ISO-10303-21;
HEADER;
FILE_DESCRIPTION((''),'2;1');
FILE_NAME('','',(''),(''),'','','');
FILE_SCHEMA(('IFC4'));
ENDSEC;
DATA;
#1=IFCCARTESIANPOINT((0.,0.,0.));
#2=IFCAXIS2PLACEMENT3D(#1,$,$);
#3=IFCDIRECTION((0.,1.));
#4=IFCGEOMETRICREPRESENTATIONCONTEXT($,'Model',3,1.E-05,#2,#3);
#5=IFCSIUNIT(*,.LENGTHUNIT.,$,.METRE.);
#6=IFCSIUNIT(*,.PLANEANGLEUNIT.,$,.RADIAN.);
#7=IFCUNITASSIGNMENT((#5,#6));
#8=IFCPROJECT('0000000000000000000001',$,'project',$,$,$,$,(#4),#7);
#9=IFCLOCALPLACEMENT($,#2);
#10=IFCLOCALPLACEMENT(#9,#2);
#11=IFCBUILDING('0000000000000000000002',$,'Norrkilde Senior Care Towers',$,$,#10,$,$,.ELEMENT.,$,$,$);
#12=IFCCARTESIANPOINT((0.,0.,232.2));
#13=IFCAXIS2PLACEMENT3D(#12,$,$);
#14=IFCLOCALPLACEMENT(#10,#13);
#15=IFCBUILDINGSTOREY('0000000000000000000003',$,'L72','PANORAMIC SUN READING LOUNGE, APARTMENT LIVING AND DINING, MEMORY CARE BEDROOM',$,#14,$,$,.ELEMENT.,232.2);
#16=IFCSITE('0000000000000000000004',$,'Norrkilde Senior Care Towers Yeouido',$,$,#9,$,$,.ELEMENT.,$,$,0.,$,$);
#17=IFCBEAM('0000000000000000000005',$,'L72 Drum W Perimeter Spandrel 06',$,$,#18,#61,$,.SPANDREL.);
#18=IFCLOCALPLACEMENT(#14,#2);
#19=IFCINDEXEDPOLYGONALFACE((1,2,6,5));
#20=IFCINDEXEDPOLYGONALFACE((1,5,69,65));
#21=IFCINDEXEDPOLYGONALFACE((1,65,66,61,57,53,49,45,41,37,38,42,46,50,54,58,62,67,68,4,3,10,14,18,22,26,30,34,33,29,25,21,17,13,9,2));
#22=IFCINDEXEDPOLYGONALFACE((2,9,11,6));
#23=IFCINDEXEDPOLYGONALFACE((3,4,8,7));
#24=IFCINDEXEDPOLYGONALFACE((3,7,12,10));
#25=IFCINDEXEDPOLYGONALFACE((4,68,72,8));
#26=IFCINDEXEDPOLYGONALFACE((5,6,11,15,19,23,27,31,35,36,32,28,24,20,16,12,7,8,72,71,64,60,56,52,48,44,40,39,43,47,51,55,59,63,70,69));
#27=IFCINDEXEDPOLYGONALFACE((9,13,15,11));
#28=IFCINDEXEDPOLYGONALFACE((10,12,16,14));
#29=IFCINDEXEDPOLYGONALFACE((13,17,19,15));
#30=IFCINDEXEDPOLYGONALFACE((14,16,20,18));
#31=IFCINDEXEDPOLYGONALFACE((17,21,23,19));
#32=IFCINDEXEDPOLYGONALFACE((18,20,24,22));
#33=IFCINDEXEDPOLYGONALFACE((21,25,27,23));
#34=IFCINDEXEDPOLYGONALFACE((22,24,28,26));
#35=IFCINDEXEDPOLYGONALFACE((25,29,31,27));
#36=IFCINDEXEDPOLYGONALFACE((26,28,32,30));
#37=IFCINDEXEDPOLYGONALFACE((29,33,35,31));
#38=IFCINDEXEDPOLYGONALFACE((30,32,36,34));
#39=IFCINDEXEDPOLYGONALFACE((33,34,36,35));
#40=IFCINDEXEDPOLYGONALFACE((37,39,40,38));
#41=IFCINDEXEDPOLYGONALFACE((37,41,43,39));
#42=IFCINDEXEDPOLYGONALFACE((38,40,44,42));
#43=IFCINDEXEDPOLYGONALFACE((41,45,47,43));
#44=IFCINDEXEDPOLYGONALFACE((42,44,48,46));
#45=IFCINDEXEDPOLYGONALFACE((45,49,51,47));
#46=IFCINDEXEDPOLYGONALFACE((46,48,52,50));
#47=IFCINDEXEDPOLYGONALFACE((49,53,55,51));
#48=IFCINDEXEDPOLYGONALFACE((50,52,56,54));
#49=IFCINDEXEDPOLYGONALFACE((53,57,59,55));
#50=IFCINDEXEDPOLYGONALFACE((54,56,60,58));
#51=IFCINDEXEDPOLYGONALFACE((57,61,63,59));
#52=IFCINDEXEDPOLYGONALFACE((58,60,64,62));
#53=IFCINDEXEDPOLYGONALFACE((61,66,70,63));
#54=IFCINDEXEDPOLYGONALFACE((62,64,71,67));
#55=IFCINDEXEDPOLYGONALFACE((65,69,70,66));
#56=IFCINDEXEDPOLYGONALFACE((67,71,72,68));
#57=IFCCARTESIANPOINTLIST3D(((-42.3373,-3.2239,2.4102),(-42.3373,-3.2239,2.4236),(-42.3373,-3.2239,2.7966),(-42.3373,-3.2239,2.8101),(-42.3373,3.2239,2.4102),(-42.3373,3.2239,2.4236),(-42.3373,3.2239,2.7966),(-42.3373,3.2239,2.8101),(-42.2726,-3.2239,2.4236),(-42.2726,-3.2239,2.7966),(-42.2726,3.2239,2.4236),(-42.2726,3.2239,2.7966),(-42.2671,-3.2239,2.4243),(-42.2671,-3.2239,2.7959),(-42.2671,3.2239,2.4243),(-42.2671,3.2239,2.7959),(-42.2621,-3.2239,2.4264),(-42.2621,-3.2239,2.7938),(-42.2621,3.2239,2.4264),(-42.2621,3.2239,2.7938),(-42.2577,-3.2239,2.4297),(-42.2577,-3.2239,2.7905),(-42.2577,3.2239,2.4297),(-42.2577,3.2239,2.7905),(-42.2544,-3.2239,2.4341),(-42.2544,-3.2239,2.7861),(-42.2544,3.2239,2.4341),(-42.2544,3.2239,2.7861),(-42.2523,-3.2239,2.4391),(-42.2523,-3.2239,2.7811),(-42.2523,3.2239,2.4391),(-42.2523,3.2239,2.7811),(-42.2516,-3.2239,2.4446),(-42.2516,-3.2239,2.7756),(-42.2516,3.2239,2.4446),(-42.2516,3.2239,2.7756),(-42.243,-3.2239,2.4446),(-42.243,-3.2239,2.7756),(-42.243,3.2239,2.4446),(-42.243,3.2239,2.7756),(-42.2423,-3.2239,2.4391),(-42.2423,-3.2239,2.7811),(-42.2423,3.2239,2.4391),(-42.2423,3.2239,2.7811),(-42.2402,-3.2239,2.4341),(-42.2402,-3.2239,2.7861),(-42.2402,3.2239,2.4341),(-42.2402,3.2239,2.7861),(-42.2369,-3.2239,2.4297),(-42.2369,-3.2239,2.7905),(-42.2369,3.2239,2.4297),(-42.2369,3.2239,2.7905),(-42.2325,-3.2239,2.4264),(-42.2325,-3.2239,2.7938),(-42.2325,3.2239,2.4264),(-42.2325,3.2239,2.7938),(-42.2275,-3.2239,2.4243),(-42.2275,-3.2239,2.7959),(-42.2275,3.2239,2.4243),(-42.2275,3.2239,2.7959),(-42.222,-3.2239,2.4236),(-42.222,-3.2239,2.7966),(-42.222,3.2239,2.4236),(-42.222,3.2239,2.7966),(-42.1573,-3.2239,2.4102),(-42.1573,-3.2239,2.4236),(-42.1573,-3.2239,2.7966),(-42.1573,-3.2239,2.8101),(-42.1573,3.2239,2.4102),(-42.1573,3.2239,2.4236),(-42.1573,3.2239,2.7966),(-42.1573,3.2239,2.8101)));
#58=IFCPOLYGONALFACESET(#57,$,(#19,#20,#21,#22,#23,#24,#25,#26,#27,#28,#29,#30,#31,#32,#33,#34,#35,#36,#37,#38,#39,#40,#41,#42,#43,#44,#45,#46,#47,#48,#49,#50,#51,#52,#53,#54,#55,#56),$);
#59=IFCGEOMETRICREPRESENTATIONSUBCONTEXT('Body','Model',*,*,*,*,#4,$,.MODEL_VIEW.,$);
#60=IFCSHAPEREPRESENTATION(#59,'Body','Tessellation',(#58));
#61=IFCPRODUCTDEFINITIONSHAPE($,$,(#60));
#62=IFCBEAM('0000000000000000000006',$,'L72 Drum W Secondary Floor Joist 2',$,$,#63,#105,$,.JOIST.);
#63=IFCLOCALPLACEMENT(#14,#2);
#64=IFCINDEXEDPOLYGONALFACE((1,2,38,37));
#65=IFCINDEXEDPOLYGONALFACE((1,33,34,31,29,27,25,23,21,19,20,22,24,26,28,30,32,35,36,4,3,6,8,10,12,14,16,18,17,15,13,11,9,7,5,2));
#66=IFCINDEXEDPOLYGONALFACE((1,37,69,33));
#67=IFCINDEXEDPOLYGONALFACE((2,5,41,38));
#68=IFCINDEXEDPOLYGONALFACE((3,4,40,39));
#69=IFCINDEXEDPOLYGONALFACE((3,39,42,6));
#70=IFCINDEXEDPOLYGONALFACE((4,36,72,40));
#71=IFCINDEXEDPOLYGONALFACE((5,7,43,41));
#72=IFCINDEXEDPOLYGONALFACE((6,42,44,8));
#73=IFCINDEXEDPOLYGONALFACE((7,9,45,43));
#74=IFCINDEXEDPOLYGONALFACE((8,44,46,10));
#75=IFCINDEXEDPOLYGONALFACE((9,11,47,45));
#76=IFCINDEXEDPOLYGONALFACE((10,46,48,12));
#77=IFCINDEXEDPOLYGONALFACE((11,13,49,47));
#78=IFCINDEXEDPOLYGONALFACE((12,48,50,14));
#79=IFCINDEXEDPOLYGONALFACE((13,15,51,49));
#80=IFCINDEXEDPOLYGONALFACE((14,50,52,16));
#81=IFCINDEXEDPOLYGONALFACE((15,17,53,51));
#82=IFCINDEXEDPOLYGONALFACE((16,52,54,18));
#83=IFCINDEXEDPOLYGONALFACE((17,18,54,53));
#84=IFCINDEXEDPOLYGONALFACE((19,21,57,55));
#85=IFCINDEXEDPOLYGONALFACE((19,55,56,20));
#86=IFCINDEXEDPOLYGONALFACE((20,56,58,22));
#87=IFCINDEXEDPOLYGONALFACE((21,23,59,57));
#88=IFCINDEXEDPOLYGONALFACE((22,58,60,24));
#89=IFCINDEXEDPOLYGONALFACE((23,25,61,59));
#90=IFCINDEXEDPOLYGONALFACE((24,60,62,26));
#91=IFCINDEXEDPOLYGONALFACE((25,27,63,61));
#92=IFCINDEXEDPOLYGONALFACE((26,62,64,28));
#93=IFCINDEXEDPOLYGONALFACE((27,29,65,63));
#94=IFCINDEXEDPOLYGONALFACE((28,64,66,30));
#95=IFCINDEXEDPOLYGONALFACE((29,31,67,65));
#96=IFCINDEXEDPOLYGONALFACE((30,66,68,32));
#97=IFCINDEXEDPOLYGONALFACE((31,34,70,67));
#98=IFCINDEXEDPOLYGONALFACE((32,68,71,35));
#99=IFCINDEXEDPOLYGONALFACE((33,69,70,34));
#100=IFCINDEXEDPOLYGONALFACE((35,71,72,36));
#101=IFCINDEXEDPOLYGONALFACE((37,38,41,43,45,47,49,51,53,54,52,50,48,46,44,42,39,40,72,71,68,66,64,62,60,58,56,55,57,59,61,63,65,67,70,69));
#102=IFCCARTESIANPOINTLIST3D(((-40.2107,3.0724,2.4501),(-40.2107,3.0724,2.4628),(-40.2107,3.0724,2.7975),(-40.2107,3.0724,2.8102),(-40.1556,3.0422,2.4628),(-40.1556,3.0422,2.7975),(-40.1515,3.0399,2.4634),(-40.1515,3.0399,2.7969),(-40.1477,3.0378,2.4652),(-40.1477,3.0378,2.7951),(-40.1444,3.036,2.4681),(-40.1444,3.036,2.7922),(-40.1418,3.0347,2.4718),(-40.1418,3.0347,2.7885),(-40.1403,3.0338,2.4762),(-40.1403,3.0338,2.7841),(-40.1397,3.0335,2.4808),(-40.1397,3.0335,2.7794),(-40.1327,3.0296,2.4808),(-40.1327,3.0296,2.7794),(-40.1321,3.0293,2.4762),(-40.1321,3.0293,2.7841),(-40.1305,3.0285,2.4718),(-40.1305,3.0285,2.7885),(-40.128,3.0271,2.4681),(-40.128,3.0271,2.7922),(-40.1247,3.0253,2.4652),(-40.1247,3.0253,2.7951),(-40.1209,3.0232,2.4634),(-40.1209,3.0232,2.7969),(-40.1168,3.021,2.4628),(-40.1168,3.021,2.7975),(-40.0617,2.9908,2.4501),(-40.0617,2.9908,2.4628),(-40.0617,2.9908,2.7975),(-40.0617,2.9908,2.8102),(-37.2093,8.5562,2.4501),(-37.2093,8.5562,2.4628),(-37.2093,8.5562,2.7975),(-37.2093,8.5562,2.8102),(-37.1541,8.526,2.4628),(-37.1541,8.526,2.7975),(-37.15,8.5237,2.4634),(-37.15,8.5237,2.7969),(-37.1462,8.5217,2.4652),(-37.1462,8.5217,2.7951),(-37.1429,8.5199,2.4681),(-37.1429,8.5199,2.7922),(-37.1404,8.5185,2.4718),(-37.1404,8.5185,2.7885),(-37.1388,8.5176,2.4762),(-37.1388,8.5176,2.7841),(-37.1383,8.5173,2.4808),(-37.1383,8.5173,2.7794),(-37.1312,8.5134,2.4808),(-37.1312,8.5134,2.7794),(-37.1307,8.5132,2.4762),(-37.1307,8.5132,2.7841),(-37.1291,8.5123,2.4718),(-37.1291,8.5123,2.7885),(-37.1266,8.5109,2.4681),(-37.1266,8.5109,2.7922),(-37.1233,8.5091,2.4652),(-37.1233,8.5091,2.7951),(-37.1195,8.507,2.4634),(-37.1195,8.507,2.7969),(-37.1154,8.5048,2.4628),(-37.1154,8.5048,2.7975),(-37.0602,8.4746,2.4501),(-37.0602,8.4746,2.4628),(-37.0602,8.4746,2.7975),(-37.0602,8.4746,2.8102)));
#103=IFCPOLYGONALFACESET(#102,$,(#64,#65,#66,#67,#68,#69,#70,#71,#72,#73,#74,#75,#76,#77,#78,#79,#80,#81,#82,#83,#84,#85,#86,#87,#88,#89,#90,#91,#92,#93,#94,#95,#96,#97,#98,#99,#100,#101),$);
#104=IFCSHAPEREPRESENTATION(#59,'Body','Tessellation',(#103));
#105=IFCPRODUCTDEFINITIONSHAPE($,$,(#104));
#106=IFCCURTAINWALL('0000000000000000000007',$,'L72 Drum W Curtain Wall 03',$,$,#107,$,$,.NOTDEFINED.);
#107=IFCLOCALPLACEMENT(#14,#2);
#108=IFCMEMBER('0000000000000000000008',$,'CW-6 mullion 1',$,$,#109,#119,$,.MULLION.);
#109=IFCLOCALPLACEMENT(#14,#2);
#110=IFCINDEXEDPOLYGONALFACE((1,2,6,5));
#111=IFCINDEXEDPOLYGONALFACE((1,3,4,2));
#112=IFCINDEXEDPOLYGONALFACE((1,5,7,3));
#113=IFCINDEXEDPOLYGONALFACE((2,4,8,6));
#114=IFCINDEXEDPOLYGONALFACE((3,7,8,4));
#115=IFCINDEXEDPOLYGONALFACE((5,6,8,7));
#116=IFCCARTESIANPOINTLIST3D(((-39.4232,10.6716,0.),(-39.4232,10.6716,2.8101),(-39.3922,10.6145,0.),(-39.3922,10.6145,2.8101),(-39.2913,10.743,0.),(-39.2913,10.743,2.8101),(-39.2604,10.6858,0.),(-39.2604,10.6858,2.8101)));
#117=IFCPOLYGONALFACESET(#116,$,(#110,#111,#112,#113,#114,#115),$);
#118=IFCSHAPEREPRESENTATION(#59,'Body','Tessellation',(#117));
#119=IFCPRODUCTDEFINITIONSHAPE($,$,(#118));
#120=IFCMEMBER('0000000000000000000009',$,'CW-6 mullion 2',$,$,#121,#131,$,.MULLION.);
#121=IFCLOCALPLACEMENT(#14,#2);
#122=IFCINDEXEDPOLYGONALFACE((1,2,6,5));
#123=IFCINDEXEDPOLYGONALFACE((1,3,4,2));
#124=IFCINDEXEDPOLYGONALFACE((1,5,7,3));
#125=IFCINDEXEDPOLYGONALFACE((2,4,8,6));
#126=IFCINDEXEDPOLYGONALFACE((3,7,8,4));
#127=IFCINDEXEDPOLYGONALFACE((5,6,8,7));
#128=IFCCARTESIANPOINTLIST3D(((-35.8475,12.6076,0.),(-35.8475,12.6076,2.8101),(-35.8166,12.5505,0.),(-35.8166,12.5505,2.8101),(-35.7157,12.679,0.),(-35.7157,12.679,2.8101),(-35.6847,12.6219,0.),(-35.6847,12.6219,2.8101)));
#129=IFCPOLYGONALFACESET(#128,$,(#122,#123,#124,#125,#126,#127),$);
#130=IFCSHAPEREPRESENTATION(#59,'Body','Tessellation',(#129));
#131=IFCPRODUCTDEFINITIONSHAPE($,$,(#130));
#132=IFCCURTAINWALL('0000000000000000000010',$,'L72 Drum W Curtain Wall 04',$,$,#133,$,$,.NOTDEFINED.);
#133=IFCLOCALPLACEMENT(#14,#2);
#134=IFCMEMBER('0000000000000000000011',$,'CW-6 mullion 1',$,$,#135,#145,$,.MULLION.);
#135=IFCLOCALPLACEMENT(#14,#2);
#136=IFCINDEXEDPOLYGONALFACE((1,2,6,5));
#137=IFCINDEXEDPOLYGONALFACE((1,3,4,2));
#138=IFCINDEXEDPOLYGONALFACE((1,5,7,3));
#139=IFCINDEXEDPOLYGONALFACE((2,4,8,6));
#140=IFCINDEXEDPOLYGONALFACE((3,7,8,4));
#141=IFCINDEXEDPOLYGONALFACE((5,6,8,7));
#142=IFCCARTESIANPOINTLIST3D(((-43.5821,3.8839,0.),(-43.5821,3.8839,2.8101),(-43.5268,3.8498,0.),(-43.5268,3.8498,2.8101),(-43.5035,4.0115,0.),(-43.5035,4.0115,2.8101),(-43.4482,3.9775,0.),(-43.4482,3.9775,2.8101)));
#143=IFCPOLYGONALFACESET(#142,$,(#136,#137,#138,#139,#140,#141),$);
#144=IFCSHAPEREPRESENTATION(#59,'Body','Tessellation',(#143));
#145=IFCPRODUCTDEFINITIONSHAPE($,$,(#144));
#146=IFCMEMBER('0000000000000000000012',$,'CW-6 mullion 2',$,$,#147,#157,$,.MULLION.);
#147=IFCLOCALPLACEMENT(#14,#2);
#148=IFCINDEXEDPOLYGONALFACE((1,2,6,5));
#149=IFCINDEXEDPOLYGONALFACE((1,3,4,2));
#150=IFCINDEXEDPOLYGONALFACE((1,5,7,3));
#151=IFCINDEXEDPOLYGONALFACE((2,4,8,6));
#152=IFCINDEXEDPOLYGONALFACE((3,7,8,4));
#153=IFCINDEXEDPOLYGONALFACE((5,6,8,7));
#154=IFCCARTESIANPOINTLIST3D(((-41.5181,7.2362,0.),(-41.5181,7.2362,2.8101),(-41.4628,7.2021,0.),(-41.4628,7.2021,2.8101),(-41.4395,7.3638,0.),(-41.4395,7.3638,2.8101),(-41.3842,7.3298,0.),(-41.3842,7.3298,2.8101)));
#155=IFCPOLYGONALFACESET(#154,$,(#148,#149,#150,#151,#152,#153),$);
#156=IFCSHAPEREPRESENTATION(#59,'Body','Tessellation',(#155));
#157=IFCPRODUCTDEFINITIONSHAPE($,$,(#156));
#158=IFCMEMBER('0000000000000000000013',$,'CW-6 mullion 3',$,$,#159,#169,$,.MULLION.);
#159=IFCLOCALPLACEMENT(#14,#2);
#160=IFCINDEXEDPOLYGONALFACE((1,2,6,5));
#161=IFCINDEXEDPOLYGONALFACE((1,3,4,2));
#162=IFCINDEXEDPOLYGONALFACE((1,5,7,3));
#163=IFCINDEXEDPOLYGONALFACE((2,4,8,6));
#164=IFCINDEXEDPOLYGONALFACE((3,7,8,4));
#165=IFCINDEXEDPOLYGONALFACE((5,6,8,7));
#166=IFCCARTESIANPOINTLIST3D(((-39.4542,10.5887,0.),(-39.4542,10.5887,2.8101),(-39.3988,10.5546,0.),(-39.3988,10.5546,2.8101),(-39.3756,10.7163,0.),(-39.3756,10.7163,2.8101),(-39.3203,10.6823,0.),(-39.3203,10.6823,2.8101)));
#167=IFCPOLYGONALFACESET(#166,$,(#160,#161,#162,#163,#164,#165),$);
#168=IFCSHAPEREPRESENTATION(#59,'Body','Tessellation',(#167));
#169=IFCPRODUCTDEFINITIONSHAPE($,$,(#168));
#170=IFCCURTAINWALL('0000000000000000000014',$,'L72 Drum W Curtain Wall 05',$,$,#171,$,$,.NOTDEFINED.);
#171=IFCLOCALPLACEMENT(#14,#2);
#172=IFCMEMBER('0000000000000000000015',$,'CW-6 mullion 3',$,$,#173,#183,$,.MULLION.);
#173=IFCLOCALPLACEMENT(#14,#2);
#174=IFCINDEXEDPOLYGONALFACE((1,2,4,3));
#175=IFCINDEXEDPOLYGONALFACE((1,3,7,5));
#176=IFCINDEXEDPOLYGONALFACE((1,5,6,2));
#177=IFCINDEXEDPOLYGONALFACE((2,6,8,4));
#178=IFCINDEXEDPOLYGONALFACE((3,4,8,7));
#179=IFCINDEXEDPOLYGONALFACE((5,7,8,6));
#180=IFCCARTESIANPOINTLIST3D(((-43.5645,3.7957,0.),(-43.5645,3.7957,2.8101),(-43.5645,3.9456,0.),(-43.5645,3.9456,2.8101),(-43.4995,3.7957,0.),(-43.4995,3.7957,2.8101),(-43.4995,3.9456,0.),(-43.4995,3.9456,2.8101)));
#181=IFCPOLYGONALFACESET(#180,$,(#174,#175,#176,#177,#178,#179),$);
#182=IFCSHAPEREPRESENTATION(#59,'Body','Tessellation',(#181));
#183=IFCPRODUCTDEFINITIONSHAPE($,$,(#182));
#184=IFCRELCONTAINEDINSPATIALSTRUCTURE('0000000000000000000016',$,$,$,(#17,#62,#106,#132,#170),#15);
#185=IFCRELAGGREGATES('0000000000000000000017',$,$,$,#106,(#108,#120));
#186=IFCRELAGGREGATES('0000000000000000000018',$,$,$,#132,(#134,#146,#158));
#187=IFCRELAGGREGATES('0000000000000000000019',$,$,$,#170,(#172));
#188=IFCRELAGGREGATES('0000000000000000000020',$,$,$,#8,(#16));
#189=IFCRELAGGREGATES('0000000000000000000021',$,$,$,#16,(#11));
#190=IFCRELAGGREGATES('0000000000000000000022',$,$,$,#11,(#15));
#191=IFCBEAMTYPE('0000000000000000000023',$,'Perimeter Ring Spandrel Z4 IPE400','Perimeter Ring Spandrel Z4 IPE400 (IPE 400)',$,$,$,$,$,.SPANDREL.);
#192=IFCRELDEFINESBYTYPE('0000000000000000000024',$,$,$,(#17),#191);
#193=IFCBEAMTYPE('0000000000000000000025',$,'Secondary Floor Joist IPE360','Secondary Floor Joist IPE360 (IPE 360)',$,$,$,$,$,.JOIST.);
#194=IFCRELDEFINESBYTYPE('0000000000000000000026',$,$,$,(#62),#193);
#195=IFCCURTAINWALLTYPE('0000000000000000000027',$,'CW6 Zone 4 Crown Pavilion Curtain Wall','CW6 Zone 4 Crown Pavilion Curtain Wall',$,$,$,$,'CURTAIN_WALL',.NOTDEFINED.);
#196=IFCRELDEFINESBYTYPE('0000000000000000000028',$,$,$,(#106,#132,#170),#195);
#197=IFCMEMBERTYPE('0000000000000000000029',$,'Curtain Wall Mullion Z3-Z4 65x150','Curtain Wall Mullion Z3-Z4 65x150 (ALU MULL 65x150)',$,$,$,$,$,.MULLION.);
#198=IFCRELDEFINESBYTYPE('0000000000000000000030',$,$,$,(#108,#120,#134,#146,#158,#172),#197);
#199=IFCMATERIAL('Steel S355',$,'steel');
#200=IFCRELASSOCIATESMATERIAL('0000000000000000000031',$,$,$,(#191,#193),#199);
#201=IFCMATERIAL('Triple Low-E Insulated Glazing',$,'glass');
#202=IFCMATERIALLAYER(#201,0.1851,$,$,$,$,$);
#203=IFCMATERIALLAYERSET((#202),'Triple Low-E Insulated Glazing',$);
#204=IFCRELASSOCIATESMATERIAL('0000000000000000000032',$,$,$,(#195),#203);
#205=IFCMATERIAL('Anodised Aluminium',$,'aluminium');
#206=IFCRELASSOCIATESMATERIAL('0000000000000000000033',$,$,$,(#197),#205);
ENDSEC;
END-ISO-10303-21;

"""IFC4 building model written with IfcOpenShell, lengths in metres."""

from ifc_helpers import new_model, si_unit, direction, frame, origin, origin_2d, place, context, subcontext, project, spatial, rectangle, i_section, extrude, source, transform, mapped, material, layer, layer_set, material_profile, profile_set, type_object, type_shapes, element, aggregate, save


model = new_model("IFC4")

# Units and contexts
model_context = context("Model", 3, precision=1e-05, world=origin(), true_north=direction((0.0, 1.0)))
body_context = subcontext(model_context, "Body", "Model", "MODEL_VIEW")
ifc_project = project(units=[si_unit("LENGTHUNIT", "METRE"), si_unit("PLANEANGLEUNIT", "RADIAN")], contexts=[model_context])

# Site, building, storey
site_placement = place(None, origin())
site = spatial("IfcSite", under=ifc_project, at=site_placement, Name="Norrkilde Senior Care Towers Yeouido", CompositionType="ELEMENT", RefElevation=0.0)
building_placement = place(site_placement, origin())
building = spatial("IfcBuilding", under=site, at=building_placement, Name="Norrkilde Senior Care Towers", CompositionType="ELEMENT")
storey_placement = place(building_placement, frame((0.0, 0.0, 232.2)))
storey = spatial("IfcBuildingStorey", under=building, at=storey_placement, Name="L72", Description="PANORAMIC SUN READING LOUNGE, APARTMENT LIVING AND DINING, MEMORY CARE BEDROOM", CompositionType="ELEMENT", Elevation=232.2)

# Beams
ifc_material_1 = material(Name="Steel S355", Category="steel")
ifc_material_profile_1 = material_profile(ifc_material_1, i_section(OverallWidth=0.1799, OverallDepth=0.3999, WebThickness=0.0085, FlangeThickness=0.0134, FilletRadius=0.021, at=origin_2d()), Name="IPE 400")
ifc_profile_set_1 = profile_set([ifc_material_profile_1], Name="Steel S355")
beam_type_1 = type_object("IfcBeamType", Name="Perimeter Ring Spandrel Z4 IPE400", Description="Perimeter Ring Spandrel Z4 IPE400 (IPE 400)", PredefinedType="SPANDREL", material=ifc_profile_set_1)
shared_shape_1 = source(origin(), body_context, "Body", "SweptSolid", [
    extrude(i_section(OverallWidth=0.1799, OverallDepth=0.3999, WebThickness=0.0085, FlangeThickness=0.0134, FilletRadius=0.021, at=origin_2d()), origin(), (0.0, 0.0, 1.0), 6.4478),
])
beam_1_placement = place(storey_placement, frame((-42.2473, 3.2239, 2.6101), z_axis=(0.0, -1.0, 0.0), x_axis=(1.0, 0.0, 0.0)))
element("IfcBeam", 1, at=beam_1_placement, inside=storey, type_object=beam_type_1, Name="L72 Drum W Perimeter Spandrel 06", PredefinedType="SPANDREL", context=body_context, shape_type="MappedRepresentation", body=[
    mapped(shared_shape_1, transform((0.0, 0.0, 0.0), x_axis=(1.0, 0.0, 0.0), y_axis=(0.0, 1.0, 0.0), z_axis=(0.0, 0.0, 1.0), scale=1.0)),
])
ifc_material_profile_2 = material_profile(ifc_material_1, i_section(OverallWidth=0.1699, OverallDepth=0.3601, WebThickness=0.0081, FlangeThickness=0.0127, FilletRadius=0.0181, at=origin_2d()), Name="IPE 360")
ifc_profile_set_2 = profile_set([ifc_material_profile_2], Name="Steel S355")
beam_type_2 = type_object("IfcBeamType", Name="Secondary Floor Joist IPE360", Description="Secondary Floor Joist IPE360 (IPE 360)", PredefinedType="JOIST", material=ifc_profile_set_2)
shared_shape_2 = source(origin(), body_context, "Body", "SweptSolid", [
    extrude(i_section(OverallWidth=0.1699, OverallDepth=0.3601, WebThickness=0.0081, FlangeThickness=0.0127, FilletRadius=0.0181, at=origin_2d()), origin(), (0.0, 0.0, 1.0), 6.2515),
])
type_shapes(beam_type_2, [shared_shape_2])
beam_2_placement = place(storey_placement, frame((-37.1348, 8.5154, 2.6301), z_axis=(-0.480116, -0.877205, 0.0), x_axis=(0.877205, -0.480116, 0.0)))
element("IfcBeam", 2, at=beam_2_placement, inside=storey, type_object=beam_type_2, Name="L72 Drum W Secondary Floor Joist 2", PredefinedType="JOIST", context=body_context, shape_type="MappedRepresentation", body=[
    mapped(shared_shape_2, transform((0.0, 0.0, 0.0), x_axis=(1.0, 0.0, 0.0), y_axis=(0.0, 1.0, 0.0), z_axis=(0.0, 0.0, 1.0), scale=1.0)),
])

# Curtain walls, members
ifc_material_2 = material(Name="Triple Low-E Insulated Glazing", Category="glass")
ifc_layer_1 = layer(ifc_material_2, 0.1851)
ifc_layer_set_1 = layer_set([ifc_layer_1], Name="Triple Low-E Insulated Glazing")
curtain_wall_type = type_object("IfcCurtainWallType", Name="CW6 Zone 4 Crown Pavilion Curtain Wall", Description="CW6 Zone 4 Crown Pavilion Curtain Wall", ElementType="CURTAIN_WALL", PredefinedType="NOTDEFINED", material=ifc_layer_set_1)
curtain_wall_1_placement = place(storey_placement, origin())
curtain_wall_1 = element("IfcCurtainWall", 3, at=curtain_wall_1_placement, inside=storey, type_object=curtain_wall_type, Name="L72 Drum W Curtain Wall 03", PredefinedType="NOTDEFINED")
ifc_material_3 = material(Name="Anodised Aluminium", Category="aluminium")
ifc_material_profile_3 = material_profile(ifc_material_3, rectangle(XDim=0.0649, YDim=0.1499, at=origin_2d()), Name="ALU MULL 65x150")
ifc_profile_set_3 = profile_set([ifc_material_profile_3], Name="Anodised Aluminium")
member_type_1 = type_object("IfcMemberType", Name="Curtain Wall Mullion Z3-Z4 65x150", Description="Curtain Wall Mullion Z3-Z4 65x150 (ALU MULL 65x150)", PredefinedType="MULLION", material=ifc_profile_set_3)
shared_shape_3 = source(origin(), body_context, "Body", "SweptSolid", [
    extrude(rectangle(XDim=0.0649, YDim=0.1499, at=origin_2d()), origin(), (0.0, 0.0, 1.0), 2.8101),
])
type_shapes(member_type_1, [shared_shape_3])
member_1_placement = place(storey_placement, frame((-39.3418, 10.6787, 0.0), z_axis=(0.0, 0.0, 1.0), x_axis=(-0.476133, 0.879373, 0.0)))
member_1 = element("IfcMember", 4, at=member_1_placement, type_object=member_type_1, Name="CW-6 mullion 1", PredefinedType="MULLION", context=body_context, shape_type="MappedRepresentation", body=[
    mapped(shared_shape_3, transform((0.0, 0.0, 0.0), x_axis=(1.0, 0.0, 0.0), y_axis=(0.0, 1.0, 0.0), z_axis=(0.0, 0.0, 1.0), scale=1.0)),
])
member_2_placement = place(storey_placement, frame((-35.7661, 12.6147, 0.0), z_axis=(0.0, 0.0, 1.0), x_axis=(-0.476133, 0.879373, 0.0)))
member_2 = element("IfcMember", 5, at=member_2_placement, type_object=member_type_1, Name="CW-6 mullion 2", PredefinedType="MULLION", context=body_context, shape_type="MappedRepresentation", body=[
    mapped(shared_shape_3, transform((0.0, 0.0, 0.0), x_axis=(1.0, 0.0, 0.0), y_axis=(0.0, 1.0, 0.0), z_axis=(0.0, 0.0, 1.0), scale=1.0)),
])
curtain_wall_2_placement = place(storey_placement, origin())
curtain_wall_2 = element("IfcCurtainWall", 6, at=curtain_wall_2_placement, inside=storey, type_object=curtain_wall_type, Name="L72 Drum W Curtain Wall 04", PredefinedType="NOTDEFINED")
member_3_placement = place(storey_placement, frame((-43.5151, 3.9307, 0.0), z_axis=(0.0, 0.0, 1.0), x_axis=(-0.851563, 0.524253, 0.0)))
member_3 = element("IfcMember", 7, at=member_3_placement, type_object=member_type_1, Name="CW-6 mullion 1", PredefinedType="MULLION", context=body_context, shape_type="MappedRepresentation", body=[
    mapped(shared_shape_3, transform((0.0, 0.0, 0.0), x_axis=(1.0, 0.0, 0.0), y_axis=(0.0, 1.0, 0.0), z_axis=(0.0, 0.0, 1.0), scale=1.0)),
])
member_4_placement = place(storey_placement, frame((-41.4512, 7.283, 0.0), z_axis=(0.0, 0.0, 1.0), x_axis=(-0.851563, 0.524253, 0.0)))
member_4 = element("IfcMember", 8, at=member_4_placement, type_object=member_type_1, Name="CW-6 mullion 2", PredefinedType="MULLION", context=body_context, shape_type="MappedRepresentation", body=[
    mapped(shared_shape_3, transform((0.0, 0.0, 0.0), x_axis=(1.0, 0.0, 0.0), y_axis=(0.0, 1.0, 0.0), z_axis=(0.0, 0.0, 1.0), scale=1.0)),
])
member_5_placement = place(storey_placement, frame((-39.3872, 10.6355, 0.0), z_axis=(0.0, 0.0, 1.0), x_axis=(-0.851563, 0.524253, 0.0)))
member_5 = element("IfcMember", 9, at=member_5_placement, type_object=member_type_1, Name="CW-6 mullion 3", PredefinedType="MULLION", context=body_context, shape_type="MappedRepresentation", body=[
    mapped(shared_shape_3, transform((0.0, 0.0, 0.0), x_axis=(1.0, 0.0, 0.0), y_axis=(0.0, 1.0, 0.0), z_axis=(0.0, 0.0, 1.0), scale=1.0)),
])

# Curtain wall, member
curtain_wall_3_placement = place(storey_placement, origin())
curtain_wall_3 = element("IfcCurtainWall", 10, at=curtain_wall_3_placement, inside=storey, type_object=curtain_wall_type, Name="L72 Drum W Curtain Wall 05", PredefinedType="NOTDEFINED")
member_6_placement = place(storey_placement, frame((-43.532, 3.8706, 0.0), z_axis=(0.0, 0.0, 1.0), x_axis=(-1.0, 0.0, 0.0)))
member_6 = element("IfcMember", 11, at=member_6_placement, type_object=member_type_1, Name="CW-6 mullion 3", PredefinedType="MULLION", context=body_context, shape_type="MappedRepresentation", body=[
    mapped(shared_shape_3, transform((0.0, 0.0, 0.0), x_axis=(1.0, 0.0, 0.0), y_axis=(0.0, 1.0, 0.0), z_axis=(0.0, 0.0, 1.0), scale=1.0)),
])

aggregate(curtain_wall_1, [member_1, member_2])
aggregate(curtain_wall_2, [member_3, member_4, member_5])
aggregate(curtain_wall_3, [member_6])

save(model, "model.ifc")
